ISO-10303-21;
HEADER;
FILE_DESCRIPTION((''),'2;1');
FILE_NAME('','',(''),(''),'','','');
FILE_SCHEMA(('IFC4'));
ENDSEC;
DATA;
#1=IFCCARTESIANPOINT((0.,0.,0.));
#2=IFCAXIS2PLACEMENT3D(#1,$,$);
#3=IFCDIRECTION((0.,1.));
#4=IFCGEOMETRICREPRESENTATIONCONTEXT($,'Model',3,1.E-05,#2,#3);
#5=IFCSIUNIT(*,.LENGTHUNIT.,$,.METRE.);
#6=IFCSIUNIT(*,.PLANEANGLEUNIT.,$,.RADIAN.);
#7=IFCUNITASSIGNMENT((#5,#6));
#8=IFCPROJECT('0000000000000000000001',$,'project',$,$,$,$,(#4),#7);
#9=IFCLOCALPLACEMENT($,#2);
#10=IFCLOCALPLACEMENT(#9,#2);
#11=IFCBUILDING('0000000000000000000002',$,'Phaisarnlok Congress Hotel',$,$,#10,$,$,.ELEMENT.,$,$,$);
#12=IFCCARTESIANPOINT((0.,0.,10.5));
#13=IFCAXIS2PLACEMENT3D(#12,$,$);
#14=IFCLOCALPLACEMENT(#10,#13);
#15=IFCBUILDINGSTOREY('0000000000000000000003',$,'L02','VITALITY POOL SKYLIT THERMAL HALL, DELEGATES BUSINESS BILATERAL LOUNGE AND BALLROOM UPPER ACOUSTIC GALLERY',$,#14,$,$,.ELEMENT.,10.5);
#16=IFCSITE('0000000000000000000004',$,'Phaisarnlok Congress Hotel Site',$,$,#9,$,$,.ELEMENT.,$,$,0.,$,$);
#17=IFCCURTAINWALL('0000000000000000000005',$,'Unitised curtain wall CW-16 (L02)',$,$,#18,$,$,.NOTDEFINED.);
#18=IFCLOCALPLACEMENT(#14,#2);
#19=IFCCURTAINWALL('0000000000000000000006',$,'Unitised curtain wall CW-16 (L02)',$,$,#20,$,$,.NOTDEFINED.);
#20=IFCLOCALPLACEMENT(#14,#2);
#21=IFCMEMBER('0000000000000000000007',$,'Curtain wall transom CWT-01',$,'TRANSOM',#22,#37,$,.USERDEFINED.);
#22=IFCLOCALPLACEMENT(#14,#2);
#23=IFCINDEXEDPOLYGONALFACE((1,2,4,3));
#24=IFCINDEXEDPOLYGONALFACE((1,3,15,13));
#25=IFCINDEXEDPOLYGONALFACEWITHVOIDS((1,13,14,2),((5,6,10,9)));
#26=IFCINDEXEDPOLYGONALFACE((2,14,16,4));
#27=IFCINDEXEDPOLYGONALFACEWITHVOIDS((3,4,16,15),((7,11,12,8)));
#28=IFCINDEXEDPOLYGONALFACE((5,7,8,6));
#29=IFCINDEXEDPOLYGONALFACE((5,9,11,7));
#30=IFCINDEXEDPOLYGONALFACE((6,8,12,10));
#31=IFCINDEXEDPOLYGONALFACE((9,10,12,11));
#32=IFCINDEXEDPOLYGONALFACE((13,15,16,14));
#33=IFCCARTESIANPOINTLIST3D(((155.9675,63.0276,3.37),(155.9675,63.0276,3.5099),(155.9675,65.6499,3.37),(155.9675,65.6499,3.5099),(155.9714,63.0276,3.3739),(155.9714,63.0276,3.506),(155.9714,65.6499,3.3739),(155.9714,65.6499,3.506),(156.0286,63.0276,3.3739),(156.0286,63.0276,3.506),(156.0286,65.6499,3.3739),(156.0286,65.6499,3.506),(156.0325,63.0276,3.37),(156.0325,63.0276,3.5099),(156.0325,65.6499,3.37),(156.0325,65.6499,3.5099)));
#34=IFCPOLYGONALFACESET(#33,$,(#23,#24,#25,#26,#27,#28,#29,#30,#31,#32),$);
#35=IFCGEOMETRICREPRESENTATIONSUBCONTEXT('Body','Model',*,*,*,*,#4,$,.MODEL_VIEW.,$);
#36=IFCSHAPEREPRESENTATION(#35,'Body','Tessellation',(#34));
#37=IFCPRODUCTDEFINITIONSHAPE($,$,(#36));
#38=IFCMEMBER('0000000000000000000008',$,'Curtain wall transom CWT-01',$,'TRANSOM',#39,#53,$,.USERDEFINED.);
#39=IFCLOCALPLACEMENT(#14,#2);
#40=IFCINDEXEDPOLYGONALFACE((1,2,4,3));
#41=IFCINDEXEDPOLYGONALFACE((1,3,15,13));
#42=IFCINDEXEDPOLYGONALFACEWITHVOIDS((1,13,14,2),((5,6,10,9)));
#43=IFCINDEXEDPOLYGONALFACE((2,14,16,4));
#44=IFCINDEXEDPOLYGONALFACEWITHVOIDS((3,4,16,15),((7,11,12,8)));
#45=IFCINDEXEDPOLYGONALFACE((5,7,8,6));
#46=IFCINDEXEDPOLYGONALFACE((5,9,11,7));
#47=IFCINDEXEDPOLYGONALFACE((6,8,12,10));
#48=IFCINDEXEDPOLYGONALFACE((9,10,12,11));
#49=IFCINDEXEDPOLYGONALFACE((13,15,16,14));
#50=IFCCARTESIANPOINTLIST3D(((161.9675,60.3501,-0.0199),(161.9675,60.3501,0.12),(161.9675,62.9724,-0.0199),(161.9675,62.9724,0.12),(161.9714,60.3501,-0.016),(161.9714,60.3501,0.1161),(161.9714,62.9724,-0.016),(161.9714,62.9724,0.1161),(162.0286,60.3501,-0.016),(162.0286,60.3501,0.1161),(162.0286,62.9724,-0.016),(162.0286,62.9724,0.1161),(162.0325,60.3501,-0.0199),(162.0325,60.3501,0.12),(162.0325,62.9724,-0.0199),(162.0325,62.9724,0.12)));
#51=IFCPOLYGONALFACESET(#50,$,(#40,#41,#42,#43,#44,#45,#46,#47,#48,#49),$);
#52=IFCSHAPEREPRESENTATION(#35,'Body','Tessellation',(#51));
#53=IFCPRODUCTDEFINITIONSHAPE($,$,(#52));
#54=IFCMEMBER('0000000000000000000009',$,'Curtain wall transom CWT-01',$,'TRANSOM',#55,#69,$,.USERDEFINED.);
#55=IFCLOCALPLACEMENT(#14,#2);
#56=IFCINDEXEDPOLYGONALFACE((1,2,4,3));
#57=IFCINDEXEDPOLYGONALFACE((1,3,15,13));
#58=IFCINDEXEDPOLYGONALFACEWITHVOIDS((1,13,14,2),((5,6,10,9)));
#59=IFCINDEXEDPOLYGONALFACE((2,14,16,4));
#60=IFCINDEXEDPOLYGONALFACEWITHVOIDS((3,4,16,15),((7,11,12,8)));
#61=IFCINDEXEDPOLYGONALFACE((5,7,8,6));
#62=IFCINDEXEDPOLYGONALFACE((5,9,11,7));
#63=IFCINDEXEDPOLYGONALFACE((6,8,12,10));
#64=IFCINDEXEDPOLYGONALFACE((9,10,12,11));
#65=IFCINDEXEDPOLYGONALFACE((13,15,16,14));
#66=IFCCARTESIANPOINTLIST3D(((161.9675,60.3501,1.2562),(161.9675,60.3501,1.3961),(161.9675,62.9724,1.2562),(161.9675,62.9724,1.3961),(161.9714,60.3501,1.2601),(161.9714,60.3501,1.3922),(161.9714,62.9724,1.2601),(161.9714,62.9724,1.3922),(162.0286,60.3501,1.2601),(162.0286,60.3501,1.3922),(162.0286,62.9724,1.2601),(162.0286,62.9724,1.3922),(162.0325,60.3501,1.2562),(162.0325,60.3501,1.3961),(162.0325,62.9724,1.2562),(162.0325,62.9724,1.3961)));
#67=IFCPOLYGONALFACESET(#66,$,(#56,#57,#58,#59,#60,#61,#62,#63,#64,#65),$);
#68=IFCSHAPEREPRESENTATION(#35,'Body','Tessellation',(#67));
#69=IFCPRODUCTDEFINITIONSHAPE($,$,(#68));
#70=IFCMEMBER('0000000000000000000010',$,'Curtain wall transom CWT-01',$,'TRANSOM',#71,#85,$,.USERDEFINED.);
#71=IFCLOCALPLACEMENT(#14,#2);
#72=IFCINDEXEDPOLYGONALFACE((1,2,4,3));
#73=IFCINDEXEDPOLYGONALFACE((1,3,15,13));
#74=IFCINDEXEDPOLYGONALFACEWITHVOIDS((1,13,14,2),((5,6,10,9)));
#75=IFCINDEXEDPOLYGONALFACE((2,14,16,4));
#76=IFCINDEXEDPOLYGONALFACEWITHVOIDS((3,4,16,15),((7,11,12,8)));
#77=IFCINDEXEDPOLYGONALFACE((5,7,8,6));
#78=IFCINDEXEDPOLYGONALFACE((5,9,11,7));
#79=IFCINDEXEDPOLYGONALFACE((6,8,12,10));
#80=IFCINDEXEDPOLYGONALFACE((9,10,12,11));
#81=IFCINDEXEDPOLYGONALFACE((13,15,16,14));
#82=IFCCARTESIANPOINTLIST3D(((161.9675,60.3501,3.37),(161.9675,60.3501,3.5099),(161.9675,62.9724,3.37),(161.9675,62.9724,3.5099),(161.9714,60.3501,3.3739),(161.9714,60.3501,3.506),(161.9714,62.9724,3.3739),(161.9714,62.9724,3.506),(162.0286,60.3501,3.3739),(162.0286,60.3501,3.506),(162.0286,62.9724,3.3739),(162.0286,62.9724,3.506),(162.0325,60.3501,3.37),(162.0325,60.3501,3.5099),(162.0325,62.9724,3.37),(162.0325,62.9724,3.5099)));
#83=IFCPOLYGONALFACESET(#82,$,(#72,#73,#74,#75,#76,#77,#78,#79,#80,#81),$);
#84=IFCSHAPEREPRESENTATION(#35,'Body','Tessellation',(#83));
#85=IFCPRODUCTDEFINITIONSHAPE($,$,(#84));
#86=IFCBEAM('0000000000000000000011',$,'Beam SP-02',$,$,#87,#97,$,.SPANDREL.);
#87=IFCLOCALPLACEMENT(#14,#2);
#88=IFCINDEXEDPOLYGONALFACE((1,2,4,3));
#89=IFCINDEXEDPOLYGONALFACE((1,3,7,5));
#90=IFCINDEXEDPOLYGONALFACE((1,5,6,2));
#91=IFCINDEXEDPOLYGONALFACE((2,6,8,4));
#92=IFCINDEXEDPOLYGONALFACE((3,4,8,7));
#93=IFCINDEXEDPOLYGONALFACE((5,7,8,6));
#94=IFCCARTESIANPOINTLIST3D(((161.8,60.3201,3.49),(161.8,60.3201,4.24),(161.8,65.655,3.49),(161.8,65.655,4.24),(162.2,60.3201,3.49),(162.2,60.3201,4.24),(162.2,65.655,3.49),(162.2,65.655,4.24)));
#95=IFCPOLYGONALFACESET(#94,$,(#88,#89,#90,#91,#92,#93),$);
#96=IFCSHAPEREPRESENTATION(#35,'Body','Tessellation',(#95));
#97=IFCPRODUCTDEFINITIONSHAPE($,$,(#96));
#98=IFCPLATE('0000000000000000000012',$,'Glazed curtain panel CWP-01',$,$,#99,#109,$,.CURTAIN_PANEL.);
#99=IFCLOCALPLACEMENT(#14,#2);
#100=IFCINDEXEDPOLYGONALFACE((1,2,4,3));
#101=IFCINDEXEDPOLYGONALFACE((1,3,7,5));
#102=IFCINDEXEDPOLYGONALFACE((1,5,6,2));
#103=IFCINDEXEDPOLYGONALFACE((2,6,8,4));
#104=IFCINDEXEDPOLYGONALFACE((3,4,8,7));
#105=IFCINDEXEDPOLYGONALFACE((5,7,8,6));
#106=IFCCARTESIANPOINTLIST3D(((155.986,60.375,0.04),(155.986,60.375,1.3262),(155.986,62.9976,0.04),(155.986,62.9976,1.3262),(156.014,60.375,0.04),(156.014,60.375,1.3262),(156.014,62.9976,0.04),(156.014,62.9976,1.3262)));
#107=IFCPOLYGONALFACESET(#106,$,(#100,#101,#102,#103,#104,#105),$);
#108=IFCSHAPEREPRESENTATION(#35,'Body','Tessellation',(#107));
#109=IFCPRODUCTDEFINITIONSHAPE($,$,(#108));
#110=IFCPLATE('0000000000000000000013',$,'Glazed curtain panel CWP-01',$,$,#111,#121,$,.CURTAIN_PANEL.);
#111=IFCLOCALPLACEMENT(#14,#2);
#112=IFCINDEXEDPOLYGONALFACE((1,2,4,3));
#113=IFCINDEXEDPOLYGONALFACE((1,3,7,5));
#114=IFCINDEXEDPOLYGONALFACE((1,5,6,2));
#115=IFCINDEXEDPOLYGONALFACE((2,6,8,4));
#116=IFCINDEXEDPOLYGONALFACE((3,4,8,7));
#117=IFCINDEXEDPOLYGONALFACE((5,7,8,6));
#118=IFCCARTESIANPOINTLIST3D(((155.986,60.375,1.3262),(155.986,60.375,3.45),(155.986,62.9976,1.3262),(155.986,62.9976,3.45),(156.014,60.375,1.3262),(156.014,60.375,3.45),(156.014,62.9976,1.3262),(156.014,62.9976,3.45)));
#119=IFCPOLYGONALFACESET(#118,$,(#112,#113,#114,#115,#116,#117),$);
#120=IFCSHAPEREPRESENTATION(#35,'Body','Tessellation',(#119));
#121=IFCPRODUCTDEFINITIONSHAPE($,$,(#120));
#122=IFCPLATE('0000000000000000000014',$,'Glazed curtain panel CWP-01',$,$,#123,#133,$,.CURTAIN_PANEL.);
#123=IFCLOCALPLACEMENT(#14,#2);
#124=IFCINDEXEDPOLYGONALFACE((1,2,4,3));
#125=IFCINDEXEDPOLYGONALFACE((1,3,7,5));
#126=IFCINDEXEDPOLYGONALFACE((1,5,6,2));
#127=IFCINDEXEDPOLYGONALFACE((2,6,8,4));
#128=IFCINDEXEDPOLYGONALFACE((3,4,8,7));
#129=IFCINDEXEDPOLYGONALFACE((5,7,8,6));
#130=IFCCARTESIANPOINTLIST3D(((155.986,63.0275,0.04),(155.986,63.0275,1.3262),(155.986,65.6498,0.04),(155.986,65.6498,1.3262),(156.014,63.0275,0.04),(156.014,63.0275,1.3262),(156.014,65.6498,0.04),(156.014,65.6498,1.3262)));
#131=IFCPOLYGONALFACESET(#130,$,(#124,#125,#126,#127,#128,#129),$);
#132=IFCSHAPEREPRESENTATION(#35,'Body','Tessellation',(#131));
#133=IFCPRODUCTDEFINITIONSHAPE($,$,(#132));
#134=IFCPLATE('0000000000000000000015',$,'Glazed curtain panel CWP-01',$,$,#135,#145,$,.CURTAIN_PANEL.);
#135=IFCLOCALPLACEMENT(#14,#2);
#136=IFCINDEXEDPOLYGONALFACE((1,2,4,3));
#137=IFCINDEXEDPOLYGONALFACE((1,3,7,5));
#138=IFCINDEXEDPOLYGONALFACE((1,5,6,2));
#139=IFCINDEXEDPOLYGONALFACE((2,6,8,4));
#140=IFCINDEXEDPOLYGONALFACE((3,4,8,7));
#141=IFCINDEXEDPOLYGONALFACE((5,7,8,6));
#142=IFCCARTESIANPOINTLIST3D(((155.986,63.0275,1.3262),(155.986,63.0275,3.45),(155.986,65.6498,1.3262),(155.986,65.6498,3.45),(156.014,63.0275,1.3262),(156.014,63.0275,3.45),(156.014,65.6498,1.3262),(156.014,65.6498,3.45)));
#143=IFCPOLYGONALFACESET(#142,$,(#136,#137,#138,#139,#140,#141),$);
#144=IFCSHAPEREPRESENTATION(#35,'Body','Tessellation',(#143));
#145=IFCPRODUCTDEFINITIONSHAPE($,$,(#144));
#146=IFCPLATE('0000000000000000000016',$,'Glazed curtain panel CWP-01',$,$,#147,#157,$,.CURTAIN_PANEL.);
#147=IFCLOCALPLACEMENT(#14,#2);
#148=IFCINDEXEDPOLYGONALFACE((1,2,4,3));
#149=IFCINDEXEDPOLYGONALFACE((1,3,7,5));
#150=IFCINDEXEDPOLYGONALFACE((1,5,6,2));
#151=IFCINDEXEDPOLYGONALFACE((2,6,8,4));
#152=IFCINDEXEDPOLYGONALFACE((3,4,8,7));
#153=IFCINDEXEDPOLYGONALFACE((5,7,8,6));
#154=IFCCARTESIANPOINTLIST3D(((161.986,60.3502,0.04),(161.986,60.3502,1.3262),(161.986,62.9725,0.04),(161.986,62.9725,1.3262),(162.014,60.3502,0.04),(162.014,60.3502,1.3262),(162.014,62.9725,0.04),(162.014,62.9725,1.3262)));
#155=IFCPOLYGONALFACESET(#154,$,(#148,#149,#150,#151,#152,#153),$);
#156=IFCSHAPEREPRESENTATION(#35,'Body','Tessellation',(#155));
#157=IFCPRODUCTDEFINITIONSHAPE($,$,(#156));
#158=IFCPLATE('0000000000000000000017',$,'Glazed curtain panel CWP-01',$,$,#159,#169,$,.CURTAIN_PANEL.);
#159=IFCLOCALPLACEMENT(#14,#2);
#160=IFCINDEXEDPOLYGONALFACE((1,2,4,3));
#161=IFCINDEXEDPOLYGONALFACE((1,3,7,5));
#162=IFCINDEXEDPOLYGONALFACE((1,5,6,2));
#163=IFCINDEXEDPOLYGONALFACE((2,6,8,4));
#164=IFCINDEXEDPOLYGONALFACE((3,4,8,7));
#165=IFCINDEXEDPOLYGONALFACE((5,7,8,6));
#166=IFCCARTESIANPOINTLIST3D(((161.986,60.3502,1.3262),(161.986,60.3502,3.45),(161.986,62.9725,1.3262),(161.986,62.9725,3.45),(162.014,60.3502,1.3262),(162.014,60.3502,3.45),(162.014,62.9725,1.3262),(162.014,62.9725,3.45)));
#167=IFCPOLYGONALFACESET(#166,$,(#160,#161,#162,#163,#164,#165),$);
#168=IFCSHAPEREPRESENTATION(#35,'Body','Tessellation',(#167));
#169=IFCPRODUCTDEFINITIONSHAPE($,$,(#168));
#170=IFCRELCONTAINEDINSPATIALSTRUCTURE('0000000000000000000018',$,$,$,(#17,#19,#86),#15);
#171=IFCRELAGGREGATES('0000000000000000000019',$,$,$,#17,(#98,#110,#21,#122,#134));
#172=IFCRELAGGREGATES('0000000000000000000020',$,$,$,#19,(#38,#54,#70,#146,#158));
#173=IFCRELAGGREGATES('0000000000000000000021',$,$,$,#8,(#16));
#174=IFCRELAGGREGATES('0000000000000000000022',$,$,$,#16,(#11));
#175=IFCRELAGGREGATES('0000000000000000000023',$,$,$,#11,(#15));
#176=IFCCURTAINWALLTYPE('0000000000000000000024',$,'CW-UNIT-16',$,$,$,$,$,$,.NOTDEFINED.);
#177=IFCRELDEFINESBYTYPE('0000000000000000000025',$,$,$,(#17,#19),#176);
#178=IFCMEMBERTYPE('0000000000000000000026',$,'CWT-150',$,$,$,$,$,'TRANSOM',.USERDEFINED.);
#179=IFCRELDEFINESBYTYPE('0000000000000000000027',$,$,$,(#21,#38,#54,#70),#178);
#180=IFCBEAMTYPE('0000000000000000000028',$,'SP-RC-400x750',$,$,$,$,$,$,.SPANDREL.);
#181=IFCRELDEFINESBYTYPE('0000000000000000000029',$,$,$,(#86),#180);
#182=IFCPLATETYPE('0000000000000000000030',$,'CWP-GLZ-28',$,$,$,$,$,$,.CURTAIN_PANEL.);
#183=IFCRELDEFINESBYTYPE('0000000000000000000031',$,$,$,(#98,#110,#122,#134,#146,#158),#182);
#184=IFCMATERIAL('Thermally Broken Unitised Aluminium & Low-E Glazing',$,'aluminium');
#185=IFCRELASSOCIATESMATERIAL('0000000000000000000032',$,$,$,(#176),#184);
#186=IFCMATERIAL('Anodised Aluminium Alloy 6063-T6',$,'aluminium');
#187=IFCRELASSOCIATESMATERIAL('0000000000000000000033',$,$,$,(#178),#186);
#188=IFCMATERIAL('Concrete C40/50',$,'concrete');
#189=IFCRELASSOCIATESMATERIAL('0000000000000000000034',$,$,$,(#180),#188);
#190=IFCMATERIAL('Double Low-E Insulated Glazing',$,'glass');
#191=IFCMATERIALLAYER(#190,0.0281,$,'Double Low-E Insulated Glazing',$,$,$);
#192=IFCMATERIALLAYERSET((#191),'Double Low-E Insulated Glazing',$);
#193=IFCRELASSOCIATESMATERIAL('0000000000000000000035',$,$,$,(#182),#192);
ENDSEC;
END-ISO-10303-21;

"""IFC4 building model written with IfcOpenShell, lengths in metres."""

from ifc_helpers import new_model, si_unit, direction, frame, frame_2d, origin, origin_2d, place, context, subcontext, project, spatial, rectangle, hollow_rectangle, extrude, material, layer, layer_set, material_profile, profile_set, type_object, element, aggregate, save


model = new_model("IFC4")

# Units and contexts
model_context = context("Model", 3, precision=1e-05, world=origin(), true_north=direction((0.0, 1.0)))
body_context = subcontext(model_context, "Body", "Model", "MODEL_VIEW")
ifc_project = project(units=[si_unit("LENGTHUNIT", "METRE"), si_unit("PLANEANGLEUNIT", "RADIAN")], contexts=[model_context])

# Site, building, storey
site_placement = place(None, origin())
site = spatial("IfcSite", under=ifc_project, at=site_placement, Name="Phaisarnlok Congress Hotel Site", CompositionType="ELEMENT", RefElevation=0.0)
building_placement = place(site_placement, origin())
building = spatial("IfcBuilding", under=site, at=building_placement, Name="Phaisarnlok Congress Hotel", CompositionType="ELEMENT")
storey_placement = place(building_placement, frame((0.0, 0.0, 10.5)))
storey = spatial("IfcBuildingStorey", under=building, at=storey_placement, Name="L02", Description="VITALITY POOL SKYLIT THERMAL HALL, DELEGATES BUSINESS BILATERAL LOUNGE AND BALLROOM UPPER ACOUSTIC GALLERY", CompositionType="ELEMENT", Elevation=10.5)

# Curtain walls
ifc_material_1 = material(Name="Thermally Broken Unitised Aluminium & Low-E Glazing", Category="aluminium")
curtain_wall_type = type_object("IfcCurtainWallType", Name="CW-UNIT-16", PredefinedType="NOTDEFINED", material=ifc_material_1)
curtain_wall_1_placement = place(storey_placement, origin())
curtain_wall_1 = element("IfcCurtainWall", 1, at=curtain_wall_1_placement, inside=storey, type_object=curtain_wall_type, Name="Unitised curtain wall CW-16 (L02)", PredefinedType="NOTDEFINED")
ifc_material_2 = material(Name="Anodised Aluminium Alloy 6063-T6", Category="aluminium")
curtain_wall_2_placement = place(storey_placement, origin())
curtain_wall_2 = element("IfcCurtainWall", 2, at=curtain_wall_2_placement, inside=storey, type_object=curtain_wall_type, Name="Unitised curtain wall CW-16 (L02)", PredefinedType="NOTDEFINED")

# Members
ifc_material_profile_1 = material_profile(ifc_material_2, hollow_rectangle(XDim=0.0649, YDim=0.1399, WallThickness=0.0039, at=origin_2d()), Name="ALU-T 65x140x4")
ifc_profile_set_1 = profile_set([ifc_material_profile_1], Name="Anodised Aluminium Alloy 6063-T6")
member_type_1 = type_object("IfcMemberType", Name="CWT-150", ElementType="TRANSOM", PredefinedType="USERDEFINED", material=ifc_profile_set_1)
member_1_placement = place(storey_placement, frame((156.0, 63.0276, 3.4399), z_axis=(0.0, 1.0, 0.0), x_axis=(-1.0, 0.0, 0.0)))
member_1 = element("IfcMember", 3, at=member_1_placement, type_object=member_type_1, Name="Curtain wall transom CWT-01", ObjectType="TRANSOM", PredefinedType="USERDEFINED", context=body_context, shape_type="SweptSolid", body=[
    extrude(hollow_rectangle(XDim=0.0649, YDim=0.1399, WallThickness=0.0039, at=origin_2d()), origin(), (0.0, 0.0, 1.0), 2.6223),
])
member_2_placement = place(storey_placement, frame((162.0, 62.9724, 0.05), z_axis=(0.0, -1.0, 0.0), x_axis=(1.0, 0.0, 0.0)))
member_2 = element("IfcMember", 4, at=member_2_placement, type_object=member_type_1, Name="Curtain wall transom CWT-01", ObjectType="TRANSOM", PredefinedType="USERDEFINED", context=body_context, shape_type="SweptSolid", body=[
    extrude(hollow_rectangle(XDim=0.0649, YDim=0.1399, WallThickness=0.0039, at=origin_2d()), origin(), (0.0, 0.0, 1.0), 2.6223),
])
member_3_placement = place(storey_placement, frame((162.0, 62.9724, 1.3262), z_axis=(0.0, -1.0, 0.0), x_axis=(1.0, 0.0, 0.0)))
member_3 = element("IfcMember", 5, at=member_3_placement, type_object=member_type_1, Name="Curtain wall transom CWT-01", ObjectType="TRANSOM", PredefinedType="USERDEFINED", context=body_context, shape_type="SweptSolid", body=[
    extrude(hollow_rectangle(XDim=0.0649, YDim=0.1399, WallThickness=0.0039, at=origin_2d()), origin(), (0.0, 0.0, 1.0), 2.6223),
])
member_4_placement = place(storey_placement, frame((162.0, 62.9724, 3.4399), z_axis=(0.0, -1.0, 0.0), x_axis=(1.0, 0.0, 0.0)))
member_4 = element("IfcMember", 6, at=member_4_placement, type_object=member_type_1, Name="Curtain wall transom CWT-01", ObjectType="TRANSOM", PredefinedType="USERDEFINED", context=body_context, shape_type="SweptSolid", body=[
    extrude(hollow_rectangle(XDim=0.0649, YDim=0.1399, WallThickness=0.0039, at=origin_2d()), origin(), (0.0, 0.0, 1.0), 2.6223),
])

# Beam
ifc_material_3 = material(Name="Concrete C40/50", Category="concrete")
ifc_material_profile_2 = material_profile(ifc_material_3, rectangle(XDim=0.3999, YDim=0.75, at=origin_2d()), Name="RC 400x750")
ifc_profile_set_2 = profile_set([ifc_material_profile_2], Name="Concrete C40/50")
beam_type = type_object("IfcBeamType", Name="SP-RC-400x750", PredefinedType="SPANDREL", material=ifc_profile_set_2)
beam_placement = place(storey_placement, frame((162.0, 60.3201, 3.865), z_axis=(0.0, 1.0, 0.0), x_axis=(-1.0, 0.0, 0.0)))
element("IfcBeam", 7, at=beam_placement, inside=storey, type_object=beam_type, Name="Beam SP-02", PredefinedType="SPANDREL", context=body_context, shape_type="SweptSolid", body=[
    extrude(rectangle(XDim=0.3999, YDim=0.75, at=origin_2d()), origin(), (0.0, 0.0, 1.0), 5.335),
])

# Plates
ifc_material_4 = material(Name="Double Low-E Insulated Glazing", Category="glass")
ifc_layer_1 = layer(ifc_material_4, 0.0281, Name="Double Low-E Insulated Glazing")
ifc_layer_set_1 = layer_set([ifc_layer_1], Name="Double Low-E Insulated Glazing")
plate_type = type_object("IfcPlateType", Name="CWP-GLZ-28", PredefinedType="CURTAIN_PANEL", material=ifc_layer_set_1)
plate_1_placement = place(storey_placement, frame((156.0, 60.375, 0.04), z_axis=(0.0, 0.0, 1.0), x_axis=(0.0, 1.0, 0.0)))
plate_1 = element("IfcPlate", 8, at=plate_1_placement, type_object=plate_type, Name="Glazed curtain panel CWP-01", PredefinedType="CURTAIN_PANEL", context=body_context, shape_type="SweptSolid", body=[
    extrude(rectangle(XDim=2.6226, YDim=0.0281, at=frame_2d((1.3113, 0.0))), origin(), (0.0, 0.0, 1.0), 1.2861),
])
plate_2_placement = place(storey_placement, frame((156.0, 60.375, 1.3262), z_axis=(0.0, 0.0, 1.0), x_axis=(0.0, 1.0, 0.0)))
plate_2 = element("IfcPlate", 9, at=plate_2_placement, type_object=plate_type, Name="Glazed curtain panel CWP-01", PredefinedType="CURTAIN_PANEL", context=body_context, shape_type="SweptSolid", body=[
    extrude(rectangle(XDim=2.6226, YDim=0.0281, at=frame_2d((1.3113, 0.0))), origin(), (0.0, 0.0, 1.0), 2.1238),
])
plate_3_placement = place(storey_placement, frame((156.0, 63.0276, 0.04), z_axis=(0.0, 0.0, 1.0), x_axis=(0.0, 1.0, 0.0)))
plate_3 = element("IfcPlate", 10, at=plate_3_placement, type_object=plate_type, Name="Glazed curtain panel CWP-01", PredefinedType="CURTAIN_PANEL", context=body_context, shape_type="SweptSolid", body=[
    extrude(rectangle(XDim=2.6223, YDim=0.0281, at=frame_2d((1.311, 0.0))), origin(), (0.0, 0.0, 1.0), 1.2861),
])
plate_4_placement = place(storey_placement, frame((156.0, 63.0276, 1.3262), z_axis=(0.0, 0.0, 1.0), x_axis=(0.0, 1.0, 0.0)))
plate_4 = element("IfcPlate", 11, at=plate_4_placement, type_object=plate_type, Name="Glazed curtain panel CWP-01", PredefinedType="CURTAIN_PANEL", context=body_context, shape_type="SweptSolid", body=[
    extrude(rectangle(XDim=2.6223, YDim=0.0281, at=frame_2d((1.311, 0.0))), origin(), (0.0, 0.0, 1.0), 2.1238),
])
aggregate(curtain_wall_1, [plate_1, plate_2, member_1, plate_3, plate_4])
plate_5_placement = place(storey_placement, frame((162.0, 62.9724, 0.04), z_axis=(0.0, 0.0, 1.0), x_axis=(0.0, -1.0, 0.0)))
plate_5 = element("IfcPlate", 12, at=plate_5_placement, type_object=plate_type, Name="Glazed curtain panel CWP-01", PredefinedType="CURTAIN_PANEL", context=body_context, shape_type="SweptSolid", body=[
    extrude(rectangle(XDim=2.6223, YDim=0.0281, at=frame_2d((1.311, 0.0))), origin(), (0.0, 0.0, 1.0), 1.2861),
])
plate_6_placement = place(storey_placement, frame((162.0, 62.9724, 1.3262), z_axis=(0.0, 0.0, 1.0), x_axis=(0.0, -1.0, 0.0)))
plate_6 = element("IfcPlate", 13, at=plate_6_placement, type_object=plate_type, Name="Glazed curtain panel CWP-01", PredefinedType="CURTAIN_PANEL", context=body_context, shape_type="SweptSolid", body=[
    extrude(rectangle(XDim=2.6223, YDim=0.0281, at=frame_2d((1.311, 0.0))), origin(), (0.0, 0.0, 1.0), 2.1238),
])
aggregate(curtain_wall_2, [member_2, member_3, member_4, plate_5, plate_6])

save(model, "model.ifc")
